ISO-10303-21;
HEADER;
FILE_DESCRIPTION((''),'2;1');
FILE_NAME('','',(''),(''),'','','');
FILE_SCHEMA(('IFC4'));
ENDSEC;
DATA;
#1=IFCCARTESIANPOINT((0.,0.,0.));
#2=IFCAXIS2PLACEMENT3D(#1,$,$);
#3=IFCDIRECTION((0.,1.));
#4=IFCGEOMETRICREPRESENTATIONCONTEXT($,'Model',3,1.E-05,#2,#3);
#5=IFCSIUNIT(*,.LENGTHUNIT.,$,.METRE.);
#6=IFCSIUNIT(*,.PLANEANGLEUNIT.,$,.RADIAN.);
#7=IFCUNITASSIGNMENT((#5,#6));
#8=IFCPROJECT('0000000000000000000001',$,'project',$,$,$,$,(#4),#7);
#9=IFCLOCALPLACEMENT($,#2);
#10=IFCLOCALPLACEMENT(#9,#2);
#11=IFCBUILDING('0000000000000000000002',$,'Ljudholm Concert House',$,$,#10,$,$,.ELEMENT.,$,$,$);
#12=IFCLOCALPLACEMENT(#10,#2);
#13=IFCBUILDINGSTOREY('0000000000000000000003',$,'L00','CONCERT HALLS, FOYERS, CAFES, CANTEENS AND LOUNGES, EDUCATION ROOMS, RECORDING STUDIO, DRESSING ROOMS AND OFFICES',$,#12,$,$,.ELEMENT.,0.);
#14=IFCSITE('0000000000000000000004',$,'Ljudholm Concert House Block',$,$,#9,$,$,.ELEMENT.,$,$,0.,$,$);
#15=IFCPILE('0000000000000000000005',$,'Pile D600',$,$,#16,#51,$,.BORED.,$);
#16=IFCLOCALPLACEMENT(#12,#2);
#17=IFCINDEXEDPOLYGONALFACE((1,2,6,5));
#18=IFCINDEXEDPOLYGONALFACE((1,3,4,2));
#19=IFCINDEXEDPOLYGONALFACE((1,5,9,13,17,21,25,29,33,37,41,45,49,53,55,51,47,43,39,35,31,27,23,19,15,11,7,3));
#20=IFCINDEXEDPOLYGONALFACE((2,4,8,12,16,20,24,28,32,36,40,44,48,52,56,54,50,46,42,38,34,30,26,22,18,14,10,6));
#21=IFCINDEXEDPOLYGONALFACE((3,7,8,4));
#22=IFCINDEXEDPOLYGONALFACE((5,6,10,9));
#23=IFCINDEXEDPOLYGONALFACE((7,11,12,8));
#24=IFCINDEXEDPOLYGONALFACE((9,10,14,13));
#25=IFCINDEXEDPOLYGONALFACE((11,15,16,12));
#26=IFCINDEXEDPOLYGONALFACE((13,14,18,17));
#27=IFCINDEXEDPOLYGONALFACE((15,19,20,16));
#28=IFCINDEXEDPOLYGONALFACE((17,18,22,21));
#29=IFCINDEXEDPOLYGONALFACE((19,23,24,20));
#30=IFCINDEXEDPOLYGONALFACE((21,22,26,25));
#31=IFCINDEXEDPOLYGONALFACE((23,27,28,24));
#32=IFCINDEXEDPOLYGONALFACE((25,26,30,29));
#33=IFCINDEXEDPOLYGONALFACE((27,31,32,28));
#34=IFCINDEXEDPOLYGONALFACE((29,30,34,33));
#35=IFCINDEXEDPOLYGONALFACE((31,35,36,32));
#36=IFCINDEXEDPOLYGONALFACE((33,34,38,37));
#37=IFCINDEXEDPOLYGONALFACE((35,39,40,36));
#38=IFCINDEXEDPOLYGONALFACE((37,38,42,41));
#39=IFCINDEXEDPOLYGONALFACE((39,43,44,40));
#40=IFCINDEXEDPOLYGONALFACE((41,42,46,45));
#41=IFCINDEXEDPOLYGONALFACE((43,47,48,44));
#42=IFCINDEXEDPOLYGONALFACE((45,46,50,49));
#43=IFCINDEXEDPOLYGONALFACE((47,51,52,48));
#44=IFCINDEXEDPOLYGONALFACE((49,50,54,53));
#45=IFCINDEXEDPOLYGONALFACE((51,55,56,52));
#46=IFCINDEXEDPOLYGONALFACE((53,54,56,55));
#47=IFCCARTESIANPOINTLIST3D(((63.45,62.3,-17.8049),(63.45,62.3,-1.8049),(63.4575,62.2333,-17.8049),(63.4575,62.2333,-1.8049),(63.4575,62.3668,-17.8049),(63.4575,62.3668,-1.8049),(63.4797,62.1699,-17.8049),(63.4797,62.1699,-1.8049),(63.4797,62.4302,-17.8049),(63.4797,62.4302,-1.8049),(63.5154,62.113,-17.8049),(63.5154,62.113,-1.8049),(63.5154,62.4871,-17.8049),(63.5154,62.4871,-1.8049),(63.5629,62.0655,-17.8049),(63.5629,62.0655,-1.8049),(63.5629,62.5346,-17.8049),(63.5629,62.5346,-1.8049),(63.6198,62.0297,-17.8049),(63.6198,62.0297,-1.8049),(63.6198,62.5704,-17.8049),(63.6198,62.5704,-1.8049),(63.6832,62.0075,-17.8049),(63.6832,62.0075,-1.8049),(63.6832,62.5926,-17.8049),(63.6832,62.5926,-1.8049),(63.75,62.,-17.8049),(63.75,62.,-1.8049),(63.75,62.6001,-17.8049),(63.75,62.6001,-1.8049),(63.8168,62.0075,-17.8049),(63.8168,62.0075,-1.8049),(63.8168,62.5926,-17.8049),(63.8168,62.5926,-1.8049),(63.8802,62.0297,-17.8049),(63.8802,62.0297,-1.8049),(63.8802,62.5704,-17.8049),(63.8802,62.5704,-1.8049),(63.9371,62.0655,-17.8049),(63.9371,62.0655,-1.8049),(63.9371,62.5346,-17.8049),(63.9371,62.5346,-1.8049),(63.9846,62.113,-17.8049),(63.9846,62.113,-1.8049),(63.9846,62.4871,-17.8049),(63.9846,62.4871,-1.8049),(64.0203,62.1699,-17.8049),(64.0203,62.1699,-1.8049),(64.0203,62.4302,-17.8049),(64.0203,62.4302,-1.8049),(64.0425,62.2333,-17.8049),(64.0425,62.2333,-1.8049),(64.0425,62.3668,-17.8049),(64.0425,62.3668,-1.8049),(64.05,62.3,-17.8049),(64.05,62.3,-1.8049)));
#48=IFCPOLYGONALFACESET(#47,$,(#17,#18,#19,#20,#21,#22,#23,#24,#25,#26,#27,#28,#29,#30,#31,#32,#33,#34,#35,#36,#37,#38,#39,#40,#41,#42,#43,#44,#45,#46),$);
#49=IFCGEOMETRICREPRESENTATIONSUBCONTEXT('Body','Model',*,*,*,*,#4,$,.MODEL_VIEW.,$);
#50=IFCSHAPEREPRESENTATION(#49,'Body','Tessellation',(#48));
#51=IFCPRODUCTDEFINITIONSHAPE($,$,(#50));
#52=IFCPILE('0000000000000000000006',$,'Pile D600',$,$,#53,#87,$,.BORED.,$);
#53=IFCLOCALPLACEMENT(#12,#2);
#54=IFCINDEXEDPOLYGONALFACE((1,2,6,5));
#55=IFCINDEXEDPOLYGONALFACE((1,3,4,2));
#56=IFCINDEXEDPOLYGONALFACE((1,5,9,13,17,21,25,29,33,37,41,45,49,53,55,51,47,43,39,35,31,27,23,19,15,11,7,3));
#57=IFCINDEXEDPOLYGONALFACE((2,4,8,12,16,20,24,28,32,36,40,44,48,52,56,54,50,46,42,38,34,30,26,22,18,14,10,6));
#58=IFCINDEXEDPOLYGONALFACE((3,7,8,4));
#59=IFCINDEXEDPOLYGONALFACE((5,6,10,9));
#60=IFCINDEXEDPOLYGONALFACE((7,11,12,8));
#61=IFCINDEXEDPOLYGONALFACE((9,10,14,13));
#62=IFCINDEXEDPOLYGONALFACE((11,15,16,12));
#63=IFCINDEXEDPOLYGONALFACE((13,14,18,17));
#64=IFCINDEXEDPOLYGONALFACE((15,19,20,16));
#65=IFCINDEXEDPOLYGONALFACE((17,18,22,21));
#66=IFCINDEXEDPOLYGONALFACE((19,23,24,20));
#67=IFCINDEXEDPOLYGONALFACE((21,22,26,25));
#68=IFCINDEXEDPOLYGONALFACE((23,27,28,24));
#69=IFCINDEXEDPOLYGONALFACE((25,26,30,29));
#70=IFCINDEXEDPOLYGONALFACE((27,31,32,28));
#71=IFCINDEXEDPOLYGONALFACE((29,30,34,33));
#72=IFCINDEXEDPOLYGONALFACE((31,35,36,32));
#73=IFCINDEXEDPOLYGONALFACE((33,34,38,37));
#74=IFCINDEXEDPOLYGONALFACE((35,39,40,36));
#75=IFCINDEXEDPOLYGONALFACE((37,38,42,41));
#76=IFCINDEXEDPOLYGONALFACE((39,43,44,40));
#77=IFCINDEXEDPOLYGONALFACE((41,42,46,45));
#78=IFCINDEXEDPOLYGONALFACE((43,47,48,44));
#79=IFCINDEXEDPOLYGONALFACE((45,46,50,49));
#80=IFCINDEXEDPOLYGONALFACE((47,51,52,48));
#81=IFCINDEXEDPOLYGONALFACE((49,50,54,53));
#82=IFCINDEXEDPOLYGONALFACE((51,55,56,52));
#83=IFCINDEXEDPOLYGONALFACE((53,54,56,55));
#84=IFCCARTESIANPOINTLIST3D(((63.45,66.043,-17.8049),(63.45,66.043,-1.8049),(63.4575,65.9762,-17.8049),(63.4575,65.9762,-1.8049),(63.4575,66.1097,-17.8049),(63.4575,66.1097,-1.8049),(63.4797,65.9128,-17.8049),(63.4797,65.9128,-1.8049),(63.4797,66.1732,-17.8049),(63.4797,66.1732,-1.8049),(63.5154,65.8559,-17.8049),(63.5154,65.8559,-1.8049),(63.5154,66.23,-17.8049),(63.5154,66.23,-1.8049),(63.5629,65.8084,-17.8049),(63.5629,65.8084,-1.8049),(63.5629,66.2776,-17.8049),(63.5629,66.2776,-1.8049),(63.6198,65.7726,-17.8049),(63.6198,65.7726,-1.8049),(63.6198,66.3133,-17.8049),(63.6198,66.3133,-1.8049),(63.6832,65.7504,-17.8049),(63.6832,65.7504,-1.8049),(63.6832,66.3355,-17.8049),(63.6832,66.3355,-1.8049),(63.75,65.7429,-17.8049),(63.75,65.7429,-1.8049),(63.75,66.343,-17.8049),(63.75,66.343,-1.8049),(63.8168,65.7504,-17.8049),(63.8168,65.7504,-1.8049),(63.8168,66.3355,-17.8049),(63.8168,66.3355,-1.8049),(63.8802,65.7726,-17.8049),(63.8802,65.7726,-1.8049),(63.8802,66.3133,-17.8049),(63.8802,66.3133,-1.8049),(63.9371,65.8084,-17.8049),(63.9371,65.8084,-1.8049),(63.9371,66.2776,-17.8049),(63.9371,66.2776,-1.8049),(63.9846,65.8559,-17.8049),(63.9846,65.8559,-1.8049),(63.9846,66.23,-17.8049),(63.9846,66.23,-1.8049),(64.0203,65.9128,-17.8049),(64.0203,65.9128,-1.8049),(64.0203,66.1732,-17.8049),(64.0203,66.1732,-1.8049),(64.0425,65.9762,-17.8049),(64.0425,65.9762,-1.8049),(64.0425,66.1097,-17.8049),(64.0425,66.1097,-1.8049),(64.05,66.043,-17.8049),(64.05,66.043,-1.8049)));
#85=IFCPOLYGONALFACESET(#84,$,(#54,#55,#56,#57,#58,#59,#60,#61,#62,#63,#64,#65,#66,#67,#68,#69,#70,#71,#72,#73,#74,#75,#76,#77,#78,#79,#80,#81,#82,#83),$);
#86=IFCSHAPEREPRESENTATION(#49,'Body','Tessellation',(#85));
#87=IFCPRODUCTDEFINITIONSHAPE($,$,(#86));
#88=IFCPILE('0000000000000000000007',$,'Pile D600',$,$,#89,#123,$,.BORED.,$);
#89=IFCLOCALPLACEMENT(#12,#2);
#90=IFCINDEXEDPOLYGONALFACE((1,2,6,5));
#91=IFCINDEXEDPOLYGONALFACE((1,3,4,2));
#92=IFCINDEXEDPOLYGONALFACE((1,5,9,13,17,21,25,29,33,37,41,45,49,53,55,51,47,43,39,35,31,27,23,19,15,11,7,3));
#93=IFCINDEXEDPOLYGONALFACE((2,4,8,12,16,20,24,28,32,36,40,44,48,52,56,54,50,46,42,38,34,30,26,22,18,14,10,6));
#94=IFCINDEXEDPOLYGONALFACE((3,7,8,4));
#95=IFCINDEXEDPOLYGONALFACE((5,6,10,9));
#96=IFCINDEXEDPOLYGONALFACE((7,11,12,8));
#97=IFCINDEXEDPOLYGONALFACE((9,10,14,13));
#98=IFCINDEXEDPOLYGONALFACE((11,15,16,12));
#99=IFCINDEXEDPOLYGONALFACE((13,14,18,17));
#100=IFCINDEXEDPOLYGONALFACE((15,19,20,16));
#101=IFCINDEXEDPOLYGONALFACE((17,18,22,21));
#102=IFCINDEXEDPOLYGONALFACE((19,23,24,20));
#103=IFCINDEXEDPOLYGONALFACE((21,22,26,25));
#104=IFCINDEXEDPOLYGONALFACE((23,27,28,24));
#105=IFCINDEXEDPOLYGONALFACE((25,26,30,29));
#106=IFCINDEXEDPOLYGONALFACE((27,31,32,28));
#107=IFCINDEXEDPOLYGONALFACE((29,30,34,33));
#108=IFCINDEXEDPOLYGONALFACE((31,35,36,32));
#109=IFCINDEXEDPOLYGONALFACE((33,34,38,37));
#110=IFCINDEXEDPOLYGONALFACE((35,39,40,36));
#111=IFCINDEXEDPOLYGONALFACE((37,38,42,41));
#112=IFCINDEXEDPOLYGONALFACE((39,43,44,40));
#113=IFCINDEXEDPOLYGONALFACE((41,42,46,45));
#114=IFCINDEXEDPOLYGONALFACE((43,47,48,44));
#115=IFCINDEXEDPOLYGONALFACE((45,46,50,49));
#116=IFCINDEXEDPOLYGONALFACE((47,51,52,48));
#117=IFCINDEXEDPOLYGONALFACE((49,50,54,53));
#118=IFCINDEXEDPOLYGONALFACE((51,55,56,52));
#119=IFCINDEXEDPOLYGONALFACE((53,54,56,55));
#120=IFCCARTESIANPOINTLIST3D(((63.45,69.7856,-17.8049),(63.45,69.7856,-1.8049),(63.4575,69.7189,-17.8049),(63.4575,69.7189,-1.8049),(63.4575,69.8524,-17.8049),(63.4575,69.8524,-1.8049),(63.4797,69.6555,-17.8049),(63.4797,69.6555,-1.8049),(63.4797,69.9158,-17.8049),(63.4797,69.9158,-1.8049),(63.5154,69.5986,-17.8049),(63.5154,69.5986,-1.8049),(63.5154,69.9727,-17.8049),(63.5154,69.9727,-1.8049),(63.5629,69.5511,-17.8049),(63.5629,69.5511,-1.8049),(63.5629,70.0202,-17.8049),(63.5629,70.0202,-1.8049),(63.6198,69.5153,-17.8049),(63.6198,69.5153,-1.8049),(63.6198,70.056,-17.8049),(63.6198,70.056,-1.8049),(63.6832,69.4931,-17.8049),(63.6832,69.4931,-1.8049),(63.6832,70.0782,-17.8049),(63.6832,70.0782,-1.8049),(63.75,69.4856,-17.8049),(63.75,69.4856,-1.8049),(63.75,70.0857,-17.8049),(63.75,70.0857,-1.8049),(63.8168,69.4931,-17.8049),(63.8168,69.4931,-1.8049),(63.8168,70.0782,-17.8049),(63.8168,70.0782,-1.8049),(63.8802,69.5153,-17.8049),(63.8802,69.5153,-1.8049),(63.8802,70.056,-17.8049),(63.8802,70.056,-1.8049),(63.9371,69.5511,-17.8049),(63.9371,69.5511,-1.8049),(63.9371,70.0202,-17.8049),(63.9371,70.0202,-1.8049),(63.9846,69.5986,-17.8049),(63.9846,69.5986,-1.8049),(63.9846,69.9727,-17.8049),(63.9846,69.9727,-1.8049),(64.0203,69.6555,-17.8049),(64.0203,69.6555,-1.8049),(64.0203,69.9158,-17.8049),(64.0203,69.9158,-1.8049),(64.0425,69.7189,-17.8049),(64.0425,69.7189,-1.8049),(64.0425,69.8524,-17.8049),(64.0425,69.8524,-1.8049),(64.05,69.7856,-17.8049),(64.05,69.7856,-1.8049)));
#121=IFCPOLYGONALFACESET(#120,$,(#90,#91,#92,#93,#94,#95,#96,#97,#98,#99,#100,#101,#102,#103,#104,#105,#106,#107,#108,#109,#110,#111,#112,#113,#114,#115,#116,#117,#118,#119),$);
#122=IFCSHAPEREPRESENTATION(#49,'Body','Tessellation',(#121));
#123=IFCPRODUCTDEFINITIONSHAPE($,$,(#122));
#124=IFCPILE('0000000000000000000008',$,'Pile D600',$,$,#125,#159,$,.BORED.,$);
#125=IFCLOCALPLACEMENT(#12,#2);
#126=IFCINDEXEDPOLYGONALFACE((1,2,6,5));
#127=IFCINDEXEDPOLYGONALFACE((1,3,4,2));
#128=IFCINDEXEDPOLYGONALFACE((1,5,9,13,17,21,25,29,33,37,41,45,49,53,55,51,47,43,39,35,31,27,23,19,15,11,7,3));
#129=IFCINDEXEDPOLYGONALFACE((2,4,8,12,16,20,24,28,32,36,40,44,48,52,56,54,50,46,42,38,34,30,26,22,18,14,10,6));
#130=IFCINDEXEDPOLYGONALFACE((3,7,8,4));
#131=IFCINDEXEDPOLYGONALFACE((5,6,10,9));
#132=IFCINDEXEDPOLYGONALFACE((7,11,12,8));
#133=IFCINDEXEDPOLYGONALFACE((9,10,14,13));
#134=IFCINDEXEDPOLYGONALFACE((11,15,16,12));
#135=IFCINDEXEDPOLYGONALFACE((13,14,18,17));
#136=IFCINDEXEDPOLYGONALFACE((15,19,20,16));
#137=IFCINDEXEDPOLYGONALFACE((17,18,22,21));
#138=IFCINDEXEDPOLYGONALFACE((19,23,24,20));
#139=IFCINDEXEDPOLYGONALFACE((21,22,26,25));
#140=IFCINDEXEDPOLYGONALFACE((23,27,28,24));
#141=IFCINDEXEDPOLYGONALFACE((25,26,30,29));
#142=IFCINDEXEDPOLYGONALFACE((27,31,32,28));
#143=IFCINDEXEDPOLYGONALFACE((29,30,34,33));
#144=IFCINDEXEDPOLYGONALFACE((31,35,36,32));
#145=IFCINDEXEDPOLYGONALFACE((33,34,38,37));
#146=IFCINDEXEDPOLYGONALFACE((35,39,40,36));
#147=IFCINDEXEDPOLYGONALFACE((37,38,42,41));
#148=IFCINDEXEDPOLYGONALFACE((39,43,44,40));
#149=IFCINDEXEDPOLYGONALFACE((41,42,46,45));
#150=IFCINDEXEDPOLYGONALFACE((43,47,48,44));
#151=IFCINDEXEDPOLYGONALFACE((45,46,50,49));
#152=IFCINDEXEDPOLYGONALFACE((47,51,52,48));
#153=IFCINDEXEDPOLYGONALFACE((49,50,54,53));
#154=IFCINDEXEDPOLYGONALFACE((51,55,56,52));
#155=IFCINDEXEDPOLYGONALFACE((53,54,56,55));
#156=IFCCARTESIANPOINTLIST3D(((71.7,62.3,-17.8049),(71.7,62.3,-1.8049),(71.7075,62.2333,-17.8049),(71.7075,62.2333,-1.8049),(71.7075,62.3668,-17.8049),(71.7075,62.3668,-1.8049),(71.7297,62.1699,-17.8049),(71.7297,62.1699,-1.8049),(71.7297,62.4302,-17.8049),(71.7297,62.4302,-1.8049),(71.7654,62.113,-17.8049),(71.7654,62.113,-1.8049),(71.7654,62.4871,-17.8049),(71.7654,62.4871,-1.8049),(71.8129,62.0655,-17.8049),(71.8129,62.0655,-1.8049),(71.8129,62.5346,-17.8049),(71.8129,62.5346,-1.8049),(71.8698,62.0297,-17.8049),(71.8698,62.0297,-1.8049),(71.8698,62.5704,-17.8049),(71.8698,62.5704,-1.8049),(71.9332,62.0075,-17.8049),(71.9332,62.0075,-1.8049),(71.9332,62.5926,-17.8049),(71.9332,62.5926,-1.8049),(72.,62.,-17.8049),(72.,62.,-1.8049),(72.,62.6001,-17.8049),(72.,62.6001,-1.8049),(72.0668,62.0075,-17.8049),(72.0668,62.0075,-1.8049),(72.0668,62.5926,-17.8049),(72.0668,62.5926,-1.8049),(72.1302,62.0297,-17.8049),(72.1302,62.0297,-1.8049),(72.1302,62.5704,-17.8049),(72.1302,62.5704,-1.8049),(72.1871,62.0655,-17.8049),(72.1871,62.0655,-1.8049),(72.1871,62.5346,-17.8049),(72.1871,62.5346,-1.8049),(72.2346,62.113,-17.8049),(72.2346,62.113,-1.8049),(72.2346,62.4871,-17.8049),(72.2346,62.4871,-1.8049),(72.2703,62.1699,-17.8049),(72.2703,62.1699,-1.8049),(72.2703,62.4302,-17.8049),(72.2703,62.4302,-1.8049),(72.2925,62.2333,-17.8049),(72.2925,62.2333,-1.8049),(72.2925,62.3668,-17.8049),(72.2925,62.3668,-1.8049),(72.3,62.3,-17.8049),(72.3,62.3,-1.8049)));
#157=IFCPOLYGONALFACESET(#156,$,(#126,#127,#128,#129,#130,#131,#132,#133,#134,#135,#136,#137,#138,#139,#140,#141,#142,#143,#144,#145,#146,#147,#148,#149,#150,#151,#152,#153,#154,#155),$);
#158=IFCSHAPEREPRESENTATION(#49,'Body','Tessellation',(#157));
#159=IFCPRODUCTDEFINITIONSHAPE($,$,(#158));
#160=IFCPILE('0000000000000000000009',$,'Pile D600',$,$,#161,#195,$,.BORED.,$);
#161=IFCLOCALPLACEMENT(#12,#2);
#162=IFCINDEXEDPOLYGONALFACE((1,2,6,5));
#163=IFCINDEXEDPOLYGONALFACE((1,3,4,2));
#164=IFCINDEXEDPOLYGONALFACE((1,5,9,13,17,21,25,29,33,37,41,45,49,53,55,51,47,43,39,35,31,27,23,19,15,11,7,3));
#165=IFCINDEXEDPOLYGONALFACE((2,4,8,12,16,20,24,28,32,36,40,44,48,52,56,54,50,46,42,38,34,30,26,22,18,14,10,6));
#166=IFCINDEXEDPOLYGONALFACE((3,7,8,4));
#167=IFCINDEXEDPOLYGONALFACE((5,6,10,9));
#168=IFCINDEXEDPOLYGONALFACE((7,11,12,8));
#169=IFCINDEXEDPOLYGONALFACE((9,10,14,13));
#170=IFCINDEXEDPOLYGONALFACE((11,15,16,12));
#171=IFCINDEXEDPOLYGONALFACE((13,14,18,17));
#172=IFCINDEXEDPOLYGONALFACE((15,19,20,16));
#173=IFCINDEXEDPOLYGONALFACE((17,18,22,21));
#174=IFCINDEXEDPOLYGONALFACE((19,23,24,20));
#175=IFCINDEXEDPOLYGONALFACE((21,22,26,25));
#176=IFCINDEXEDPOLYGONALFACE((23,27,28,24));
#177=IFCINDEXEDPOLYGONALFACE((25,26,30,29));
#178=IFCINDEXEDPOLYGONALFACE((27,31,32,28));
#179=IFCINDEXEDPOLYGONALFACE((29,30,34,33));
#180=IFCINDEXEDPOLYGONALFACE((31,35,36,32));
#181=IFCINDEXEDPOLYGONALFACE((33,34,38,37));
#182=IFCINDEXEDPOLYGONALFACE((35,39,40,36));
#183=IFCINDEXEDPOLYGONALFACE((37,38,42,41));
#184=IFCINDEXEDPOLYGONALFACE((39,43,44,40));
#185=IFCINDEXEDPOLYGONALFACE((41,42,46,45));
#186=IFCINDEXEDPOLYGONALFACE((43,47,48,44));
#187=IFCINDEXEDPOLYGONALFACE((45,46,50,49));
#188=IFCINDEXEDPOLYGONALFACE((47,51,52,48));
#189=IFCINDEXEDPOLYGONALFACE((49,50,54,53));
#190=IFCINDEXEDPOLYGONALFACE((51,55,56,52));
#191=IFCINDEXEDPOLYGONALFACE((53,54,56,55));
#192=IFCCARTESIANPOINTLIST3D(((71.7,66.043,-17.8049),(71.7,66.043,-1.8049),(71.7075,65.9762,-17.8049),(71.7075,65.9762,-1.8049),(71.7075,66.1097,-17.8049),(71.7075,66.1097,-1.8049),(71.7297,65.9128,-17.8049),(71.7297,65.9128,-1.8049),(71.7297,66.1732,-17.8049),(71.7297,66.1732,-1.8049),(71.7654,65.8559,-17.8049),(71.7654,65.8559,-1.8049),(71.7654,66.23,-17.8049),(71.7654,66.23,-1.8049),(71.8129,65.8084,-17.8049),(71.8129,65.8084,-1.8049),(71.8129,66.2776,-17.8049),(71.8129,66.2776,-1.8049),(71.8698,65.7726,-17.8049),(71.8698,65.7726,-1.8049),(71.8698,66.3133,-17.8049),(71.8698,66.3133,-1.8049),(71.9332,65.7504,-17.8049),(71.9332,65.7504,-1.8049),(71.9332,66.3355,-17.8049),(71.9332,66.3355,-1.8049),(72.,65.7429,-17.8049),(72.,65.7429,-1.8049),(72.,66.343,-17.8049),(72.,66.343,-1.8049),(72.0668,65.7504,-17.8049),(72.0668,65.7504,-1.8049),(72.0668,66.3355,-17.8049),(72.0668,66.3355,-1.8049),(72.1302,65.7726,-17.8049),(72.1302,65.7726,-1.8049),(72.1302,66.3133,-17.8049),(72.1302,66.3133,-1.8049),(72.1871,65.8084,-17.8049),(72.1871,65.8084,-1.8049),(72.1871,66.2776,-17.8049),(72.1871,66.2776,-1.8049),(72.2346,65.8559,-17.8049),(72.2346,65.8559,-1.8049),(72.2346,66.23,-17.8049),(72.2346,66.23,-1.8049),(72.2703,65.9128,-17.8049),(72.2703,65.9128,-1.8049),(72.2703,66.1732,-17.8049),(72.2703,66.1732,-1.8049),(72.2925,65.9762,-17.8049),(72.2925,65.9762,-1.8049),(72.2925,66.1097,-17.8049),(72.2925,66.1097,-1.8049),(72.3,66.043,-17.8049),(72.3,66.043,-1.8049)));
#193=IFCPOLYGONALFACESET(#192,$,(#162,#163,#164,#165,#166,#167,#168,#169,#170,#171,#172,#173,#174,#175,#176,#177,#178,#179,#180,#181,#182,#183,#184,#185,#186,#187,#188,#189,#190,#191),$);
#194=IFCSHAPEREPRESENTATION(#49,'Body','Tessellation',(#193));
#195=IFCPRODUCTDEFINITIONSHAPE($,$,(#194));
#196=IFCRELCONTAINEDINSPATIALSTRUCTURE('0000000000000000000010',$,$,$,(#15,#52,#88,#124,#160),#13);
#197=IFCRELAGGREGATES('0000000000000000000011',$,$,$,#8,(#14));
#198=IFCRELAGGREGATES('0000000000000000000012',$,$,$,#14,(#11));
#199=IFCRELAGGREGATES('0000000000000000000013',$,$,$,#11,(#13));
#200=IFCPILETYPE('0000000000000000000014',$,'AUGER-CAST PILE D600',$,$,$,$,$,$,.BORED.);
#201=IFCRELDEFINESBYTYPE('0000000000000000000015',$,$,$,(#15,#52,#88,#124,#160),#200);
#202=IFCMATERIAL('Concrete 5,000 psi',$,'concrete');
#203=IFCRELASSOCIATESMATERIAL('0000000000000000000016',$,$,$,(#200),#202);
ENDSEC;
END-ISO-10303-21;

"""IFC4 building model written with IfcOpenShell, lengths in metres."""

from ifc_helpers import new_model, si_unit, direction, frame, origin, origin_2d, place, context, subcontext, project, spatial, circle, extrude, material, material_profile, profile_set, type_object, element, save


model = new_model("IFC4")

# Units and contexts
model_context = context("Model", 3, precision=1e-05, world=origin(), true_north=direction((0.0, 1.0)))
body_context = subcontext(model_context, "Body", "Model", "MODEL_VIEW")
ifc_project = project(units=[si_unit("LENGTHUNIT", "METRE"), si_unit("PLANEANGLEUNIT", "RADIAN")], contexts=[model_context])

# Site, building, storey
site_placement = place(None, origin())
site = spatial("IfcSite", under=ifc_project, at=site_placement, Name="Ljudholm Concert House Block", CompositionType="ELEMENT", RefElevation=0.0)
building_placement = place(site_placement, origin())
building = spatial("IfcBuilding", under=site, at=building_placement, Name="Ljudholm Concert House", CompositionType="ELEMENT")
storey_placement = place(building_placement, origin())
storey = spatial("IfcBuildingStorey", under=building, at=storey_placement, Name="L00", Description="CONCERT HALLS, FOYERS, CAFES, CANTEENS AND LOUNGES, EDUCATION ROOMS, RECORDING STUDIO, DRESSING ROOMS AND OFFICES", CompositionType="ELEMENT", Elevation=0.0)

# Piles
ifc_material_1 = material(Name="Concrete 5,000 psi", Category="concrete")
ifc_material_profile_1 = material_profile(ifc_material_1, circle(Radius=0.3, at=origin_2d()), Name="AUGER-CAST PILE D600")
ifc_profile_set_1 = profile_set([ifc_material_profile_1], Name="Concrete 5,000 psi")
pile_type = type_object("IfcPileType", Name="AUGER-CAST PILE D600", PredefinedType="BORED", material=ifc_profile_set_1)
for number, where, z_axis, x_axis, name in (
    (1, (63.75, 62.3, -1.8049), (0.0, 0.0, -1.0), (1.0, 0.0, 0.0), "Pile D600"),
    (2, (63.75, 66.043, -1.8049), (0.0, 0.0, -1.0), (1.0, 0.0, 0.0), "Pile D600"),
    (3, (63.75, 69.7856, -1.8049), (0.0, 0.0, -1.0), (1.0, 0.0, 0.0), "Pile D600"),
    (4, (72.0, 62.3, -1.8049), (0.0, 0.0, -1.0), (1.0, 0.0, 0.0), "Pile D600"),
    (5, (72.0, 66.043, -1.8049), (0.0, 0.0, -1.0), (1.0, 0.0, 0.0), "Pile D600"),
):
    element("IfcPile", number, at=place(storey_placement, frame(where, z_axis=z_axis, x_axis=x_axis)), inside=storey, type_object=pile_type, Name=name, PredefinedType="BORED", context=body_context, shape_type="SweptSolid", body=[
        extrude(circle(Radius=0.3, at=origin_2d()), origin(), (0.0, 0.0, 1.0), 16.0),
    ])

save(model, "model.ifc")
